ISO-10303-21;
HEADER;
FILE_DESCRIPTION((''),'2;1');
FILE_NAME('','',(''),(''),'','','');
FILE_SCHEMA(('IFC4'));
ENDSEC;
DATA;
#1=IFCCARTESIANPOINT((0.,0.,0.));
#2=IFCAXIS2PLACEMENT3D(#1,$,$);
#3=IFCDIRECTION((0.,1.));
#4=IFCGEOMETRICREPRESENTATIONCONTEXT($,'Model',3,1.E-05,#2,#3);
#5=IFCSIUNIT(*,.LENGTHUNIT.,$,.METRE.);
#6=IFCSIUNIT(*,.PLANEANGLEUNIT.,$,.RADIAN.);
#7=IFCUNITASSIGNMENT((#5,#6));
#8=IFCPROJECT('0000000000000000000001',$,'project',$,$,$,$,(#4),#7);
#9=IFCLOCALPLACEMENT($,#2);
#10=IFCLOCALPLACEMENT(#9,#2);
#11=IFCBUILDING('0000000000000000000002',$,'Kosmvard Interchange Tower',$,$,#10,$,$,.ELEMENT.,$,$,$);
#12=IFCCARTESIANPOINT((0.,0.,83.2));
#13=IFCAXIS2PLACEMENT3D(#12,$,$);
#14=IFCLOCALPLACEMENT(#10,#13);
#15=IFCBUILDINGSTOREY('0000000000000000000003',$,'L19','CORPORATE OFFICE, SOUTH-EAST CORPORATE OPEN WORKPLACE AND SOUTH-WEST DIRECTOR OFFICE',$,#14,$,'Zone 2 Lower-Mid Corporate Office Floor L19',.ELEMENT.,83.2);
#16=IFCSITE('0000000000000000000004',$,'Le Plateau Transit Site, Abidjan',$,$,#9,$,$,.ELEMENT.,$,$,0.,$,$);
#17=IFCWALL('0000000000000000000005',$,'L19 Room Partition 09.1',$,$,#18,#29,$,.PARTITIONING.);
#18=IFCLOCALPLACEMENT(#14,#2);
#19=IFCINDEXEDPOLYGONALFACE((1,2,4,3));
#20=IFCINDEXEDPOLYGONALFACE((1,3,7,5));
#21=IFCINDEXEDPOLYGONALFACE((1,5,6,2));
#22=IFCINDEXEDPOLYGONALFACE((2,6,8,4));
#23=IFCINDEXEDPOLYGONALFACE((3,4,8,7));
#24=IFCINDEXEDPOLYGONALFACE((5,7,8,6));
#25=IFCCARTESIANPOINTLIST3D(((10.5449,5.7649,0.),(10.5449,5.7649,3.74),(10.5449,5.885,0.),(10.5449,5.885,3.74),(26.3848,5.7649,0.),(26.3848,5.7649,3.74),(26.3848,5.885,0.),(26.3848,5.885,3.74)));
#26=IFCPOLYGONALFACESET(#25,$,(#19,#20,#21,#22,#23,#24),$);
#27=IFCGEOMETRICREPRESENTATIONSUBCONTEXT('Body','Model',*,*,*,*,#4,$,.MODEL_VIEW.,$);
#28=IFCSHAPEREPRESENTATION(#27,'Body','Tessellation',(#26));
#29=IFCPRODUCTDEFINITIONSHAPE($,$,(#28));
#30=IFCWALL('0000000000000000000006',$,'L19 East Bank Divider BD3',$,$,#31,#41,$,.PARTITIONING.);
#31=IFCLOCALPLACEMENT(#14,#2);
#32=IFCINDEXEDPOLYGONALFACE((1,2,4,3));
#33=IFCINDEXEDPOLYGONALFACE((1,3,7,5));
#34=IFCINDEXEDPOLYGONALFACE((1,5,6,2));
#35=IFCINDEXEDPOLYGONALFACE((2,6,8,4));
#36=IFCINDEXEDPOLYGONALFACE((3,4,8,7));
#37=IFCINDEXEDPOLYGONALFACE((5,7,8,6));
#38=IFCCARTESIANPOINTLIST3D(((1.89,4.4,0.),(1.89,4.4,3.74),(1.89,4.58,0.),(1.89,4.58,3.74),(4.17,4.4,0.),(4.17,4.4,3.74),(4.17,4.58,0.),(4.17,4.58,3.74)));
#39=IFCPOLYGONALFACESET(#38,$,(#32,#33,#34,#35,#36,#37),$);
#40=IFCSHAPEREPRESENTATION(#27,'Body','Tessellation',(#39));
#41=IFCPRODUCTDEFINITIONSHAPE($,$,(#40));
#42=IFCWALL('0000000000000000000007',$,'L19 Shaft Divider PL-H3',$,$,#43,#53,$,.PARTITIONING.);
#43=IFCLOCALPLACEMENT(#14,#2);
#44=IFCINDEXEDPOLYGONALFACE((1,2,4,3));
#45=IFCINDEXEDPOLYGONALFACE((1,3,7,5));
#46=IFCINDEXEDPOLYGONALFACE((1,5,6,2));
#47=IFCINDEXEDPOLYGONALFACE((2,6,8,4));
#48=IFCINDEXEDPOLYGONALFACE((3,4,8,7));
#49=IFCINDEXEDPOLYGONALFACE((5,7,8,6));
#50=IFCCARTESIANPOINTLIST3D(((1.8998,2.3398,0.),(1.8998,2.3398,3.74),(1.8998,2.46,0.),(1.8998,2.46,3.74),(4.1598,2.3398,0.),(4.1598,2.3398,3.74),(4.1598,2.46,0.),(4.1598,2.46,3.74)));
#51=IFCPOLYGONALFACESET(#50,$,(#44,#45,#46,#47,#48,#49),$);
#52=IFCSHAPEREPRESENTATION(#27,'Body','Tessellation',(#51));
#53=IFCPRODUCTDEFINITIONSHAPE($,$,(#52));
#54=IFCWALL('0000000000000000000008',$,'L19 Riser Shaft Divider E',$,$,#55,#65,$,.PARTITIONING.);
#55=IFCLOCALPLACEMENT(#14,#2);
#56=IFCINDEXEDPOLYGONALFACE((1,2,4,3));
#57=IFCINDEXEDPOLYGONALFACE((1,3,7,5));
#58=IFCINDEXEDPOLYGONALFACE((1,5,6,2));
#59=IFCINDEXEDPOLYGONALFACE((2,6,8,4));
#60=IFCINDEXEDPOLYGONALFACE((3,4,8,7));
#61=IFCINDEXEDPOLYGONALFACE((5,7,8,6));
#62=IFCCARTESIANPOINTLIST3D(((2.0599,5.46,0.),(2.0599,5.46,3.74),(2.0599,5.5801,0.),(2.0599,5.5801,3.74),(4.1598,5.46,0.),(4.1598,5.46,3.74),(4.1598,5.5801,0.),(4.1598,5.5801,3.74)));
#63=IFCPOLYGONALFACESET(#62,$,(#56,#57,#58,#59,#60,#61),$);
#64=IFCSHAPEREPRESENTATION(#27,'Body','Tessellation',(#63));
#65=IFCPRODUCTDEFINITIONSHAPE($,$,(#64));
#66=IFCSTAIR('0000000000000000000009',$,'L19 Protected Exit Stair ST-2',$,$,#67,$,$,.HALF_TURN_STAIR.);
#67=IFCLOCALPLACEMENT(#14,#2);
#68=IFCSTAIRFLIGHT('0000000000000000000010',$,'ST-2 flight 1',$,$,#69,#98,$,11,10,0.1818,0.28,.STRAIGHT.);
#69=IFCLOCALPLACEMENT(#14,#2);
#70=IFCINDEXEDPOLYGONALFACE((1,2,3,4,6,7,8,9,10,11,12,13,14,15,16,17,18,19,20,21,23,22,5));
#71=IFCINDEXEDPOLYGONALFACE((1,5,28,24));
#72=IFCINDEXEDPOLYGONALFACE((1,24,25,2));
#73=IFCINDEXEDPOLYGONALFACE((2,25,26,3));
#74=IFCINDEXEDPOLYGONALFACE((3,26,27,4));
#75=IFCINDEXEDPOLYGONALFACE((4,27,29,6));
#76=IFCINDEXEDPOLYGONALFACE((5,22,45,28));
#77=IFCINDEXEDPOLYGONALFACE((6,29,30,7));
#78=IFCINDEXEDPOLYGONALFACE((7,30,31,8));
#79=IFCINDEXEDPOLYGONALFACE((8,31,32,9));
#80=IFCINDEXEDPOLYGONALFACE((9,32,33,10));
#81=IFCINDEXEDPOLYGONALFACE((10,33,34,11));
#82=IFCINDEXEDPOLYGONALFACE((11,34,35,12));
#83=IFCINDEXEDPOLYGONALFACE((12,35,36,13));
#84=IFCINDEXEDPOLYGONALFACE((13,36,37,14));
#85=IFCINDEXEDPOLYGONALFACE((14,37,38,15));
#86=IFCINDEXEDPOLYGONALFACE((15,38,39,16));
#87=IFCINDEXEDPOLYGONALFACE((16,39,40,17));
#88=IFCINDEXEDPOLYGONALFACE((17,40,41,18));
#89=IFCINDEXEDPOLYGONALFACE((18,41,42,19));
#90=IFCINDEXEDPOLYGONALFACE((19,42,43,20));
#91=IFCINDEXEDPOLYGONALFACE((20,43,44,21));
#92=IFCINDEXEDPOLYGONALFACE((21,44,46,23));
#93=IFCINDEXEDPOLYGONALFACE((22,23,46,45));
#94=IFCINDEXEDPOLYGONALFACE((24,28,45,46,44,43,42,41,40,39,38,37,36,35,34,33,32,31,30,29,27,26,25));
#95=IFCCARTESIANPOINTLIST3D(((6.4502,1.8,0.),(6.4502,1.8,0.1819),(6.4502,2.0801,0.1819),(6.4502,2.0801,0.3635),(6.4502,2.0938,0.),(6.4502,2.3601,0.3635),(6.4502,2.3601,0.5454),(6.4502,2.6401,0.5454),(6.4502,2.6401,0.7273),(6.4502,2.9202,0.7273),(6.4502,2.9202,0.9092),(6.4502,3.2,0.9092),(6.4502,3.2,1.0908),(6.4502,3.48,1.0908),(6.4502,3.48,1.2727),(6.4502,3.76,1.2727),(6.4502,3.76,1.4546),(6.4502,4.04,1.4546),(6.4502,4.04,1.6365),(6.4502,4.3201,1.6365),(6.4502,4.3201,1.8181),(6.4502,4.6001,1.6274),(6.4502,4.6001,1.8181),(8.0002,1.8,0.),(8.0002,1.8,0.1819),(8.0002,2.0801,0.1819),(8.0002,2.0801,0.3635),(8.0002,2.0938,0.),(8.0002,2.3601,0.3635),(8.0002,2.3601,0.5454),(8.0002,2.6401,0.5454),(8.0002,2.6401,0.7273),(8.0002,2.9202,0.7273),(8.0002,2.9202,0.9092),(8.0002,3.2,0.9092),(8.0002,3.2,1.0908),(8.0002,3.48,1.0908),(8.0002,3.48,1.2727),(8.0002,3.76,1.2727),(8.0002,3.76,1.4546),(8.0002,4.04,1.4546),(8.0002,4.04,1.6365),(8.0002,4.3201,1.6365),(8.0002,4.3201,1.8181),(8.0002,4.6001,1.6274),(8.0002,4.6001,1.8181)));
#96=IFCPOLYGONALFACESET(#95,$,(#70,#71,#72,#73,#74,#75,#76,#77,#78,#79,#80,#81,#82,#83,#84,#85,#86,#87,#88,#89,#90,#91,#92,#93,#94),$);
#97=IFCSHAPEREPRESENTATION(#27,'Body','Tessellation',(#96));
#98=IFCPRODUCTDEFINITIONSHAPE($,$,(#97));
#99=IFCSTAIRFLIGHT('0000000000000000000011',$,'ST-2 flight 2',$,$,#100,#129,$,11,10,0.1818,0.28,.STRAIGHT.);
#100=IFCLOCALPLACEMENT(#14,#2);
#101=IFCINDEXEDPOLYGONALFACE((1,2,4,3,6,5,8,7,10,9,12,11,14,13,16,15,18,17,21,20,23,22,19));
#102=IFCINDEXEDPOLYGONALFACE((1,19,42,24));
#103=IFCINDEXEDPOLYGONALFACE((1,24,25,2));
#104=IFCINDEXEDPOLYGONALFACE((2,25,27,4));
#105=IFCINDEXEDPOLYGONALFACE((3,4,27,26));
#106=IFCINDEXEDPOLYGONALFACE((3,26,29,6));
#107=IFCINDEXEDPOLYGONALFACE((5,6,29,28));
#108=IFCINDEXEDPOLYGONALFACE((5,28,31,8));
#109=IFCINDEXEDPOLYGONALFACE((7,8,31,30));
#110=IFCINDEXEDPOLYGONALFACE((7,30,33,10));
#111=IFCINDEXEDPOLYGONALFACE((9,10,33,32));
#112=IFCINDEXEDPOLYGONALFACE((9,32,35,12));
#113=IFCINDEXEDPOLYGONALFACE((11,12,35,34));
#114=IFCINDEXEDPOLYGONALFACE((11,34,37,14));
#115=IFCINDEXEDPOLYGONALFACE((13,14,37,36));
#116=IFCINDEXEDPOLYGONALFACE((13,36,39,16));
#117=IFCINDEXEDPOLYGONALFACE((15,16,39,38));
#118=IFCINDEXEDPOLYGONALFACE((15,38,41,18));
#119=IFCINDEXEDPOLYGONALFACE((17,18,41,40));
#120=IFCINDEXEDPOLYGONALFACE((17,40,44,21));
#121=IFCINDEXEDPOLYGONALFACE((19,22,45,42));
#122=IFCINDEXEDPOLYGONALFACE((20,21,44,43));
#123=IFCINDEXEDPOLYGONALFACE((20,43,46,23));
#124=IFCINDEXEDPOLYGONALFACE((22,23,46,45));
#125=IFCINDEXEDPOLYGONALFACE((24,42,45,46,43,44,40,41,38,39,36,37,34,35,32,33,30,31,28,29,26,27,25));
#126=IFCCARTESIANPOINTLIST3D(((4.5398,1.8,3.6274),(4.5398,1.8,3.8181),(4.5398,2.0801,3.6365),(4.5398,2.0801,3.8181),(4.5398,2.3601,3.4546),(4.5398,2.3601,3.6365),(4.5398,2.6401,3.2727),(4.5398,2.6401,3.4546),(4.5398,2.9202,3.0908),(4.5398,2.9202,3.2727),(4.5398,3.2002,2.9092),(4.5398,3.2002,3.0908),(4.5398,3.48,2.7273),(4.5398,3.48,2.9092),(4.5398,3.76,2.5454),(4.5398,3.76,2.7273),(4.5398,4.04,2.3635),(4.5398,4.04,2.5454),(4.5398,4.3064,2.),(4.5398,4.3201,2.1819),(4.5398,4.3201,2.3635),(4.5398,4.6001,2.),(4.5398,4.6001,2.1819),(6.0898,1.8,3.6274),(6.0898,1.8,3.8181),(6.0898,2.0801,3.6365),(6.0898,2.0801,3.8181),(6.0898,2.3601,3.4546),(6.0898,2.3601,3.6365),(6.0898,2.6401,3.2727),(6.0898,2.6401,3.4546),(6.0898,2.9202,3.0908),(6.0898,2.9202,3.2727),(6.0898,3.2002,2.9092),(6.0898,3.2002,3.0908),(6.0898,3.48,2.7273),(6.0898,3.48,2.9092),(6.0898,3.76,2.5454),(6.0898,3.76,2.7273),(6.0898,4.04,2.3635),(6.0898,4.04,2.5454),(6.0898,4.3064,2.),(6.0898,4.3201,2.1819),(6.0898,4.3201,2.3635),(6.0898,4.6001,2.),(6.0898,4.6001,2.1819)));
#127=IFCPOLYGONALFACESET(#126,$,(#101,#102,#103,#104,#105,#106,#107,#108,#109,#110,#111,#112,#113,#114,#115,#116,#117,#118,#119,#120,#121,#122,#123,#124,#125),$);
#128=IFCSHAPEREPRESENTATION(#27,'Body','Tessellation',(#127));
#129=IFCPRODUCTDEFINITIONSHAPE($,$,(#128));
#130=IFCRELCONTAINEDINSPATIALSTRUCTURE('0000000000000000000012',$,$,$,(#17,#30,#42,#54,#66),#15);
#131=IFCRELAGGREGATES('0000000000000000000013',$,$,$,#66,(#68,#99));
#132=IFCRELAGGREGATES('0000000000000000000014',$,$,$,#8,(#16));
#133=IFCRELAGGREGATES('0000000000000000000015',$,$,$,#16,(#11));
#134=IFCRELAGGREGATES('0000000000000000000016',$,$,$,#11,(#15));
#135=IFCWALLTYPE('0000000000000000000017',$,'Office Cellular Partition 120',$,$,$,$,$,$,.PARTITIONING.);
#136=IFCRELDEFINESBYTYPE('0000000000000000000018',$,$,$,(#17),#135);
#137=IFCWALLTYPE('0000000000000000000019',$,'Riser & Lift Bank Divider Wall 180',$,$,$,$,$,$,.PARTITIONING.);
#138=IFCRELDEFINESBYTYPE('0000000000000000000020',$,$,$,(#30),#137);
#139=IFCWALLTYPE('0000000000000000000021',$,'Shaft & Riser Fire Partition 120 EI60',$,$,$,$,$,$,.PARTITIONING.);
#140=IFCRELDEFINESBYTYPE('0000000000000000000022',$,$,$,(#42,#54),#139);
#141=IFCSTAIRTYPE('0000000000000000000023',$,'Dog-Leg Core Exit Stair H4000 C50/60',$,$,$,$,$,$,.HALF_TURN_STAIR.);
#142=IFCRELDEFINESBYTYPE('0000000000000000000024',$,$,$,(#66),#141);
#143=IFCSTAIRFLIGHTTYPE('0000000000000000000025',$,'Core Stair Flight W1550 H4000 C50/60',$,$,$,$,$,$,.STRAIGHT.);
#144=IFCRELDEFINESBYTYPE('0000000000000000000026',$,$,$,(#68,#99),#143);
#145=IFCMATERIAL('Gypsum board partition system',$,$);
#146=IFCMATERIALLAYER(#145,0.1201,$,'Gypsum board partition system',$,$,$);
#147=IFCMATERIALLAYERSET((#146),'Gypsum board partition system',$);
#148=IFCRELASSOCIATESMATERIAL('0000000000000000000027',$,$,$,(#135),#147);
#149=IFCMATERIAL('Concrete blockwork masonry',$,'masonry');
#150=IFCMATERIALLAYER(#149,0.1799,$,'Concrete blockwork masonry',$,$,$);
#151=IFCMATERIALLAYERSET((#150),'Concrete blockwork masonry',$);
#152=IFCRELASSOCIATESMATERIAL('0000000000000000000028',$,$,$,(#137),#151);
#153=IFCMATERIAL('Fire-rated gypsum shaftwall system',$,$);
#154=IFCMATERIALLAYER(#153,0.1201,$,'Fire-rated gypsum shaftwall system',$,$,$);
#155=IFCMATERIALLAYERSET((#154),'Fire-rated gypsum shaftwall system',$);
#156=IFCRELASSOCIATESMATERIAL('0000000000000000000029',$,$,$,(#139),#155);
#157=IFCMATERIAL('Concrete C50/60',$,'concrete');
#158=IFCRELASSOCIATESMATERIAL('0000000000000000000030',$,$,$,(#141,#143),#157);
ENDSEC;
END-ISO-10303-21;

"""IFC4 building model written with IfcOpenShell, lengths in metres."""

from ifc_helpers import new_model, si_unit, direction, frame, frame_2d, origin, place, context, subcontext, project, spatial, polyline, rectangle, outline, extrude, source, transform, mapped, material, layer, layer_set, type_object, element, aggregate, save


model = new_model("IFC4")

# Units and contexts
model_context = context("Model", 3, precision=1e-05, world=origin(), true_north=direction((0.0, 1.0)))
body_context = subcontext(model_context, "Body", "Model", "MODEL_VIEW")
ifc_project = project(units=[si_unit("LENGTHUNIT", "METRE"), si_unit("PLANEANGLEUNIT", "RADIAN")], contexts=[model_context])

# Site, building, storey
site_placement = place(None, origin())
site = spatial("IfcSite", under=ifc_project, at=site_placement, Name="Le Plateau Transit Site, Abidjan", CompositionType="ELEMENT", RefElevation=0.0)
building_placement = place(site_placement, origin())
building = spatial("IfcBuilding", under=site, at=building_placement, Name="Kosmvard Interchange Tower", CompositionType="ELEMENT")
storey_placement = place(building_placement, frame((0.0, 0.0, 83.2)))
storey = spatial("IfcBuildingStorey", under=building, at=storey_placement, Name="L19", Description="CORPORATE OFFICE, SOUTH-EAST CORPORATE OPEN WORKPLACE AND SOUTH-WEST DIRECTOR OFFICE", LongName="Zone 2 Lower-Mid Corporate Office Floor L19", CompositionType="ELEMENT", Elevation=83.2)

# Shared definitions
ifc_material_1 = material(Name="Concrete blockwork masonry", Category="masonry")

# Walls
ifc_material_2 = material(Name="Gypsum board partition system")
ifc_layer_1 = layer(ifc_material_2, 0.1201, Name="Gypsum board partition system")
ifc_layer_set_1 = layer_set([ifc_layer_1], Name="Gypsum board partition system")
wall_type_1 = type_object("IfcWallType", Name="Office Cellular Partition 120", PredefinedType="PARTITIONING", material=ifc_layer_set_1)
wall_1_placement = place(storey_placement, frame((10.5449, 5.825, 0.0), z_axis=(0.0, 0.0, 1.0), x_axis=(1.0, 0.0, 0.0)))
element("IfcWall", 1, at=wall_1_placement, inside=storey, type_object=wall_type_1, Name="L19 Room Partition 09.1", PredefinedType="PARTITIONING", context=body_context, shape_type="SweptSolid", body=[
    extrude(rectangle(XDim=15.8398, YDim=0.1201, at=frame_2d((7.9199, 0.0))), origin(), (0.0, 0.0, 1.0), 3.74),
])
ifc_layer_2 = layer(ifc_material_1, 0.1799, Name="Concrete blockwork masonry")
ifc_layer_set_2 = layer_set([ifc_layer_2], Name="Concrete blockwork masonry")
wall_type_2 = type_object("IfcWallType", Name="Riser & Lift Bank Divider Wall 180", PredefinedType="PARTITIONING", material=ifc_layer_set_2)
wall_2_placement = place(storey_placement, frame((1.8899, 4.49, 0.0), z_axis=(0.0, 0.0, 1.0), x_axis=(1.0, 0.0, 0.0)))
element("IfcWall", 2, at=wall_2_placement, inside=storey, type_object=wall_type_2, Name="L19 East Bank Divider BD3", PredefinedType="PARTITIONING", context=body_context, shape_type="SweptSolid", body=[
    extrude(rectangle(XDim=2.28, YDim=0.1799, at=frame_2d((1.1401, 0.0))), origin(), (0.0, 0.0, 1.0), 3.74),
])
ifc_material_3 = material(Name="Fire-rated gypsum shaftwall system")
ifc_layer_3 = layer(ifc_material_3, 0.1201, Name="Fire-rated gypsum shaftwall system")
ifc_layer_set_3 = layer_set([ifc_layer_3], Name="Fire-rated gypsum shaftwall system")
wall_type_3 = type_object("IfcWallType", Name="Shaft & Riser Fire Partition 120 EI60", PredefinedType="PARTITIONING", material=ifc_layer_set_3)
wall_3_placement = place(storey_placement, frame((1.8999, 2.3999, 0.0), z_axis=(0.0, 0.0, 1.0), x_axis=(1.0, 0.0, 0.0)))
element("IfcWall", 3, at=wall_3_placement, inside=storey, type_object=wall_type_3, Name="L19 Shaft Divider PL-H3", PredefinedType="PARTITIONING", context=body_context, shape_type="SweptSolid", body=[
    extrude(rectangle(XDim=2.26, YDim=0.1201, at=frame_2d((1.1299, 0.0))), origin(), (0.0, 0.0, 1.0), 3.74),
])
wall_4_placement = place(storey_placement, frame((2.0601, 5.52, 0.0), z_axis=(0.0, 0.0, 1.0), x_axis=(1.0, 0.0, 0.0)))
element("IfcWall", 4, at=wall_4_placement, inside=storey, type_object=wall_type_3, Name="L19 Riser Shaft Divider E", PredefinedType="PARTITIONING", context=body_context, shape_type="SweptSolid", body=[
    extrude(rectangle(XDim=2.0999, YDim=0.1201, at=frame_2d((1.0498, 0.0))), origin(), (0.0, 0.0, 1.0), 3.74),
])

# Stair, stair flights
ifc_material_4 = material(Name="Concrete C50/60", Category="concrete")
stair_type = type_object("IfcStairType", Name="Dog-Leg Core Exit Stair H4000 C50/60", PredefinedType="HALF_TURN_STAIR", material=ifc_material_4)
stair_placement = place(storey_placement, origin())
stair = element("IfcStair", 5, at=stair_placement, inside=storey, type_object=stair_type, Name="L19 Protected Exit Stair ST-2", PredefinedType="HALF_TURN_STAIR")
stair_flight_type = type_object("IfcStairFlightType", Name="Core Stair Flight W1550 H4000 C50/60", PredefinedType="STRAIGHT", material=ifc_material_4)
shared_shape_1 = source(origin(), body_context, "Body", "SweptSolid", [
    extrude(outline(polyline([(0.0, 0.0), (0.0, 0.1819), (0.28, 0.1819), (0.28, 0.3635), (0.5601, 0.3635), (0.5601, 0.5454), (0.8401, 0.5454), (0.8401, 0.7273), (1.1201, 0.7273), (1.1201, 0.9092), (1.3999, 0.9092), (1.3999, 1.0908), (1.6799, 1.0908), (1.6799, 1.2727), (1.96, 1.2727), (1.96, 1.4546), (2.24, 1.4546), (2.24, 1.6365), (2.52, 1.6365), (2.52, 1.8181), (2.8, 1.8181), (2.8, 2.0), (2.8, 1.6274), (0.2937, 0.0), (0.0, 0.0)])), frame((0.0, 0.7749, 0.0), z_axis=(0.0, -1.0, 0.0), x_axis=(1.0, 0.0, 0.0)), (0.0, 0.0, 1.0), 1.55),
])
stair_flight_1_placement = place(storey_placement, frame((7.2251, 1.8, 0.0), z_axis=(0.0, 0.0, 1.0), x_axis=(0.0, 1.0, 0.0)))
stair_flight_1 = element("IfcStairFlight", 6, at=stair_flight_1_placement, type_object=stair_flight_type, Name="ST-2 flight 1", NumberOfRisers=11, NumberOfTreads=10, PredefinedType="STRAIGHT", RiserHeight=0.1818, TreadLength=0.28, context=body_context, shape_type="MappedRepresentation", body=[
    mapped(shared_shape_1, transform((0.0, 0.0, 0.0), scale=1.0)),
])
stair_flight_2_placement = place(storey_placement, frame((5.3149, 4.6001, 2.0), z_axis=(0.0, 0.0, 1.0), x_axis=(0.0, -1.0, 0.0)))
stair_flight_2 = element("IfcStairFlight", 7, at=stair_flight_2_placement, type_object=stair_flight_type, Name="ST-2 flight 2", NumberOfRisers=11, NumberOfTreads=10, PredefinedType="STRAIGHT", RiserHeight=0.1818, TreadLength=0.28, context=body_context, shape_type="MappedRepresentation", body=[
    mapped(shared_shape_1, transform((0.0, 0.0, 0.0), scale=1.0)),
])
aggregate(stair, [stair_flight_1, stair_flight_2])

save(model, "model.ifc")
